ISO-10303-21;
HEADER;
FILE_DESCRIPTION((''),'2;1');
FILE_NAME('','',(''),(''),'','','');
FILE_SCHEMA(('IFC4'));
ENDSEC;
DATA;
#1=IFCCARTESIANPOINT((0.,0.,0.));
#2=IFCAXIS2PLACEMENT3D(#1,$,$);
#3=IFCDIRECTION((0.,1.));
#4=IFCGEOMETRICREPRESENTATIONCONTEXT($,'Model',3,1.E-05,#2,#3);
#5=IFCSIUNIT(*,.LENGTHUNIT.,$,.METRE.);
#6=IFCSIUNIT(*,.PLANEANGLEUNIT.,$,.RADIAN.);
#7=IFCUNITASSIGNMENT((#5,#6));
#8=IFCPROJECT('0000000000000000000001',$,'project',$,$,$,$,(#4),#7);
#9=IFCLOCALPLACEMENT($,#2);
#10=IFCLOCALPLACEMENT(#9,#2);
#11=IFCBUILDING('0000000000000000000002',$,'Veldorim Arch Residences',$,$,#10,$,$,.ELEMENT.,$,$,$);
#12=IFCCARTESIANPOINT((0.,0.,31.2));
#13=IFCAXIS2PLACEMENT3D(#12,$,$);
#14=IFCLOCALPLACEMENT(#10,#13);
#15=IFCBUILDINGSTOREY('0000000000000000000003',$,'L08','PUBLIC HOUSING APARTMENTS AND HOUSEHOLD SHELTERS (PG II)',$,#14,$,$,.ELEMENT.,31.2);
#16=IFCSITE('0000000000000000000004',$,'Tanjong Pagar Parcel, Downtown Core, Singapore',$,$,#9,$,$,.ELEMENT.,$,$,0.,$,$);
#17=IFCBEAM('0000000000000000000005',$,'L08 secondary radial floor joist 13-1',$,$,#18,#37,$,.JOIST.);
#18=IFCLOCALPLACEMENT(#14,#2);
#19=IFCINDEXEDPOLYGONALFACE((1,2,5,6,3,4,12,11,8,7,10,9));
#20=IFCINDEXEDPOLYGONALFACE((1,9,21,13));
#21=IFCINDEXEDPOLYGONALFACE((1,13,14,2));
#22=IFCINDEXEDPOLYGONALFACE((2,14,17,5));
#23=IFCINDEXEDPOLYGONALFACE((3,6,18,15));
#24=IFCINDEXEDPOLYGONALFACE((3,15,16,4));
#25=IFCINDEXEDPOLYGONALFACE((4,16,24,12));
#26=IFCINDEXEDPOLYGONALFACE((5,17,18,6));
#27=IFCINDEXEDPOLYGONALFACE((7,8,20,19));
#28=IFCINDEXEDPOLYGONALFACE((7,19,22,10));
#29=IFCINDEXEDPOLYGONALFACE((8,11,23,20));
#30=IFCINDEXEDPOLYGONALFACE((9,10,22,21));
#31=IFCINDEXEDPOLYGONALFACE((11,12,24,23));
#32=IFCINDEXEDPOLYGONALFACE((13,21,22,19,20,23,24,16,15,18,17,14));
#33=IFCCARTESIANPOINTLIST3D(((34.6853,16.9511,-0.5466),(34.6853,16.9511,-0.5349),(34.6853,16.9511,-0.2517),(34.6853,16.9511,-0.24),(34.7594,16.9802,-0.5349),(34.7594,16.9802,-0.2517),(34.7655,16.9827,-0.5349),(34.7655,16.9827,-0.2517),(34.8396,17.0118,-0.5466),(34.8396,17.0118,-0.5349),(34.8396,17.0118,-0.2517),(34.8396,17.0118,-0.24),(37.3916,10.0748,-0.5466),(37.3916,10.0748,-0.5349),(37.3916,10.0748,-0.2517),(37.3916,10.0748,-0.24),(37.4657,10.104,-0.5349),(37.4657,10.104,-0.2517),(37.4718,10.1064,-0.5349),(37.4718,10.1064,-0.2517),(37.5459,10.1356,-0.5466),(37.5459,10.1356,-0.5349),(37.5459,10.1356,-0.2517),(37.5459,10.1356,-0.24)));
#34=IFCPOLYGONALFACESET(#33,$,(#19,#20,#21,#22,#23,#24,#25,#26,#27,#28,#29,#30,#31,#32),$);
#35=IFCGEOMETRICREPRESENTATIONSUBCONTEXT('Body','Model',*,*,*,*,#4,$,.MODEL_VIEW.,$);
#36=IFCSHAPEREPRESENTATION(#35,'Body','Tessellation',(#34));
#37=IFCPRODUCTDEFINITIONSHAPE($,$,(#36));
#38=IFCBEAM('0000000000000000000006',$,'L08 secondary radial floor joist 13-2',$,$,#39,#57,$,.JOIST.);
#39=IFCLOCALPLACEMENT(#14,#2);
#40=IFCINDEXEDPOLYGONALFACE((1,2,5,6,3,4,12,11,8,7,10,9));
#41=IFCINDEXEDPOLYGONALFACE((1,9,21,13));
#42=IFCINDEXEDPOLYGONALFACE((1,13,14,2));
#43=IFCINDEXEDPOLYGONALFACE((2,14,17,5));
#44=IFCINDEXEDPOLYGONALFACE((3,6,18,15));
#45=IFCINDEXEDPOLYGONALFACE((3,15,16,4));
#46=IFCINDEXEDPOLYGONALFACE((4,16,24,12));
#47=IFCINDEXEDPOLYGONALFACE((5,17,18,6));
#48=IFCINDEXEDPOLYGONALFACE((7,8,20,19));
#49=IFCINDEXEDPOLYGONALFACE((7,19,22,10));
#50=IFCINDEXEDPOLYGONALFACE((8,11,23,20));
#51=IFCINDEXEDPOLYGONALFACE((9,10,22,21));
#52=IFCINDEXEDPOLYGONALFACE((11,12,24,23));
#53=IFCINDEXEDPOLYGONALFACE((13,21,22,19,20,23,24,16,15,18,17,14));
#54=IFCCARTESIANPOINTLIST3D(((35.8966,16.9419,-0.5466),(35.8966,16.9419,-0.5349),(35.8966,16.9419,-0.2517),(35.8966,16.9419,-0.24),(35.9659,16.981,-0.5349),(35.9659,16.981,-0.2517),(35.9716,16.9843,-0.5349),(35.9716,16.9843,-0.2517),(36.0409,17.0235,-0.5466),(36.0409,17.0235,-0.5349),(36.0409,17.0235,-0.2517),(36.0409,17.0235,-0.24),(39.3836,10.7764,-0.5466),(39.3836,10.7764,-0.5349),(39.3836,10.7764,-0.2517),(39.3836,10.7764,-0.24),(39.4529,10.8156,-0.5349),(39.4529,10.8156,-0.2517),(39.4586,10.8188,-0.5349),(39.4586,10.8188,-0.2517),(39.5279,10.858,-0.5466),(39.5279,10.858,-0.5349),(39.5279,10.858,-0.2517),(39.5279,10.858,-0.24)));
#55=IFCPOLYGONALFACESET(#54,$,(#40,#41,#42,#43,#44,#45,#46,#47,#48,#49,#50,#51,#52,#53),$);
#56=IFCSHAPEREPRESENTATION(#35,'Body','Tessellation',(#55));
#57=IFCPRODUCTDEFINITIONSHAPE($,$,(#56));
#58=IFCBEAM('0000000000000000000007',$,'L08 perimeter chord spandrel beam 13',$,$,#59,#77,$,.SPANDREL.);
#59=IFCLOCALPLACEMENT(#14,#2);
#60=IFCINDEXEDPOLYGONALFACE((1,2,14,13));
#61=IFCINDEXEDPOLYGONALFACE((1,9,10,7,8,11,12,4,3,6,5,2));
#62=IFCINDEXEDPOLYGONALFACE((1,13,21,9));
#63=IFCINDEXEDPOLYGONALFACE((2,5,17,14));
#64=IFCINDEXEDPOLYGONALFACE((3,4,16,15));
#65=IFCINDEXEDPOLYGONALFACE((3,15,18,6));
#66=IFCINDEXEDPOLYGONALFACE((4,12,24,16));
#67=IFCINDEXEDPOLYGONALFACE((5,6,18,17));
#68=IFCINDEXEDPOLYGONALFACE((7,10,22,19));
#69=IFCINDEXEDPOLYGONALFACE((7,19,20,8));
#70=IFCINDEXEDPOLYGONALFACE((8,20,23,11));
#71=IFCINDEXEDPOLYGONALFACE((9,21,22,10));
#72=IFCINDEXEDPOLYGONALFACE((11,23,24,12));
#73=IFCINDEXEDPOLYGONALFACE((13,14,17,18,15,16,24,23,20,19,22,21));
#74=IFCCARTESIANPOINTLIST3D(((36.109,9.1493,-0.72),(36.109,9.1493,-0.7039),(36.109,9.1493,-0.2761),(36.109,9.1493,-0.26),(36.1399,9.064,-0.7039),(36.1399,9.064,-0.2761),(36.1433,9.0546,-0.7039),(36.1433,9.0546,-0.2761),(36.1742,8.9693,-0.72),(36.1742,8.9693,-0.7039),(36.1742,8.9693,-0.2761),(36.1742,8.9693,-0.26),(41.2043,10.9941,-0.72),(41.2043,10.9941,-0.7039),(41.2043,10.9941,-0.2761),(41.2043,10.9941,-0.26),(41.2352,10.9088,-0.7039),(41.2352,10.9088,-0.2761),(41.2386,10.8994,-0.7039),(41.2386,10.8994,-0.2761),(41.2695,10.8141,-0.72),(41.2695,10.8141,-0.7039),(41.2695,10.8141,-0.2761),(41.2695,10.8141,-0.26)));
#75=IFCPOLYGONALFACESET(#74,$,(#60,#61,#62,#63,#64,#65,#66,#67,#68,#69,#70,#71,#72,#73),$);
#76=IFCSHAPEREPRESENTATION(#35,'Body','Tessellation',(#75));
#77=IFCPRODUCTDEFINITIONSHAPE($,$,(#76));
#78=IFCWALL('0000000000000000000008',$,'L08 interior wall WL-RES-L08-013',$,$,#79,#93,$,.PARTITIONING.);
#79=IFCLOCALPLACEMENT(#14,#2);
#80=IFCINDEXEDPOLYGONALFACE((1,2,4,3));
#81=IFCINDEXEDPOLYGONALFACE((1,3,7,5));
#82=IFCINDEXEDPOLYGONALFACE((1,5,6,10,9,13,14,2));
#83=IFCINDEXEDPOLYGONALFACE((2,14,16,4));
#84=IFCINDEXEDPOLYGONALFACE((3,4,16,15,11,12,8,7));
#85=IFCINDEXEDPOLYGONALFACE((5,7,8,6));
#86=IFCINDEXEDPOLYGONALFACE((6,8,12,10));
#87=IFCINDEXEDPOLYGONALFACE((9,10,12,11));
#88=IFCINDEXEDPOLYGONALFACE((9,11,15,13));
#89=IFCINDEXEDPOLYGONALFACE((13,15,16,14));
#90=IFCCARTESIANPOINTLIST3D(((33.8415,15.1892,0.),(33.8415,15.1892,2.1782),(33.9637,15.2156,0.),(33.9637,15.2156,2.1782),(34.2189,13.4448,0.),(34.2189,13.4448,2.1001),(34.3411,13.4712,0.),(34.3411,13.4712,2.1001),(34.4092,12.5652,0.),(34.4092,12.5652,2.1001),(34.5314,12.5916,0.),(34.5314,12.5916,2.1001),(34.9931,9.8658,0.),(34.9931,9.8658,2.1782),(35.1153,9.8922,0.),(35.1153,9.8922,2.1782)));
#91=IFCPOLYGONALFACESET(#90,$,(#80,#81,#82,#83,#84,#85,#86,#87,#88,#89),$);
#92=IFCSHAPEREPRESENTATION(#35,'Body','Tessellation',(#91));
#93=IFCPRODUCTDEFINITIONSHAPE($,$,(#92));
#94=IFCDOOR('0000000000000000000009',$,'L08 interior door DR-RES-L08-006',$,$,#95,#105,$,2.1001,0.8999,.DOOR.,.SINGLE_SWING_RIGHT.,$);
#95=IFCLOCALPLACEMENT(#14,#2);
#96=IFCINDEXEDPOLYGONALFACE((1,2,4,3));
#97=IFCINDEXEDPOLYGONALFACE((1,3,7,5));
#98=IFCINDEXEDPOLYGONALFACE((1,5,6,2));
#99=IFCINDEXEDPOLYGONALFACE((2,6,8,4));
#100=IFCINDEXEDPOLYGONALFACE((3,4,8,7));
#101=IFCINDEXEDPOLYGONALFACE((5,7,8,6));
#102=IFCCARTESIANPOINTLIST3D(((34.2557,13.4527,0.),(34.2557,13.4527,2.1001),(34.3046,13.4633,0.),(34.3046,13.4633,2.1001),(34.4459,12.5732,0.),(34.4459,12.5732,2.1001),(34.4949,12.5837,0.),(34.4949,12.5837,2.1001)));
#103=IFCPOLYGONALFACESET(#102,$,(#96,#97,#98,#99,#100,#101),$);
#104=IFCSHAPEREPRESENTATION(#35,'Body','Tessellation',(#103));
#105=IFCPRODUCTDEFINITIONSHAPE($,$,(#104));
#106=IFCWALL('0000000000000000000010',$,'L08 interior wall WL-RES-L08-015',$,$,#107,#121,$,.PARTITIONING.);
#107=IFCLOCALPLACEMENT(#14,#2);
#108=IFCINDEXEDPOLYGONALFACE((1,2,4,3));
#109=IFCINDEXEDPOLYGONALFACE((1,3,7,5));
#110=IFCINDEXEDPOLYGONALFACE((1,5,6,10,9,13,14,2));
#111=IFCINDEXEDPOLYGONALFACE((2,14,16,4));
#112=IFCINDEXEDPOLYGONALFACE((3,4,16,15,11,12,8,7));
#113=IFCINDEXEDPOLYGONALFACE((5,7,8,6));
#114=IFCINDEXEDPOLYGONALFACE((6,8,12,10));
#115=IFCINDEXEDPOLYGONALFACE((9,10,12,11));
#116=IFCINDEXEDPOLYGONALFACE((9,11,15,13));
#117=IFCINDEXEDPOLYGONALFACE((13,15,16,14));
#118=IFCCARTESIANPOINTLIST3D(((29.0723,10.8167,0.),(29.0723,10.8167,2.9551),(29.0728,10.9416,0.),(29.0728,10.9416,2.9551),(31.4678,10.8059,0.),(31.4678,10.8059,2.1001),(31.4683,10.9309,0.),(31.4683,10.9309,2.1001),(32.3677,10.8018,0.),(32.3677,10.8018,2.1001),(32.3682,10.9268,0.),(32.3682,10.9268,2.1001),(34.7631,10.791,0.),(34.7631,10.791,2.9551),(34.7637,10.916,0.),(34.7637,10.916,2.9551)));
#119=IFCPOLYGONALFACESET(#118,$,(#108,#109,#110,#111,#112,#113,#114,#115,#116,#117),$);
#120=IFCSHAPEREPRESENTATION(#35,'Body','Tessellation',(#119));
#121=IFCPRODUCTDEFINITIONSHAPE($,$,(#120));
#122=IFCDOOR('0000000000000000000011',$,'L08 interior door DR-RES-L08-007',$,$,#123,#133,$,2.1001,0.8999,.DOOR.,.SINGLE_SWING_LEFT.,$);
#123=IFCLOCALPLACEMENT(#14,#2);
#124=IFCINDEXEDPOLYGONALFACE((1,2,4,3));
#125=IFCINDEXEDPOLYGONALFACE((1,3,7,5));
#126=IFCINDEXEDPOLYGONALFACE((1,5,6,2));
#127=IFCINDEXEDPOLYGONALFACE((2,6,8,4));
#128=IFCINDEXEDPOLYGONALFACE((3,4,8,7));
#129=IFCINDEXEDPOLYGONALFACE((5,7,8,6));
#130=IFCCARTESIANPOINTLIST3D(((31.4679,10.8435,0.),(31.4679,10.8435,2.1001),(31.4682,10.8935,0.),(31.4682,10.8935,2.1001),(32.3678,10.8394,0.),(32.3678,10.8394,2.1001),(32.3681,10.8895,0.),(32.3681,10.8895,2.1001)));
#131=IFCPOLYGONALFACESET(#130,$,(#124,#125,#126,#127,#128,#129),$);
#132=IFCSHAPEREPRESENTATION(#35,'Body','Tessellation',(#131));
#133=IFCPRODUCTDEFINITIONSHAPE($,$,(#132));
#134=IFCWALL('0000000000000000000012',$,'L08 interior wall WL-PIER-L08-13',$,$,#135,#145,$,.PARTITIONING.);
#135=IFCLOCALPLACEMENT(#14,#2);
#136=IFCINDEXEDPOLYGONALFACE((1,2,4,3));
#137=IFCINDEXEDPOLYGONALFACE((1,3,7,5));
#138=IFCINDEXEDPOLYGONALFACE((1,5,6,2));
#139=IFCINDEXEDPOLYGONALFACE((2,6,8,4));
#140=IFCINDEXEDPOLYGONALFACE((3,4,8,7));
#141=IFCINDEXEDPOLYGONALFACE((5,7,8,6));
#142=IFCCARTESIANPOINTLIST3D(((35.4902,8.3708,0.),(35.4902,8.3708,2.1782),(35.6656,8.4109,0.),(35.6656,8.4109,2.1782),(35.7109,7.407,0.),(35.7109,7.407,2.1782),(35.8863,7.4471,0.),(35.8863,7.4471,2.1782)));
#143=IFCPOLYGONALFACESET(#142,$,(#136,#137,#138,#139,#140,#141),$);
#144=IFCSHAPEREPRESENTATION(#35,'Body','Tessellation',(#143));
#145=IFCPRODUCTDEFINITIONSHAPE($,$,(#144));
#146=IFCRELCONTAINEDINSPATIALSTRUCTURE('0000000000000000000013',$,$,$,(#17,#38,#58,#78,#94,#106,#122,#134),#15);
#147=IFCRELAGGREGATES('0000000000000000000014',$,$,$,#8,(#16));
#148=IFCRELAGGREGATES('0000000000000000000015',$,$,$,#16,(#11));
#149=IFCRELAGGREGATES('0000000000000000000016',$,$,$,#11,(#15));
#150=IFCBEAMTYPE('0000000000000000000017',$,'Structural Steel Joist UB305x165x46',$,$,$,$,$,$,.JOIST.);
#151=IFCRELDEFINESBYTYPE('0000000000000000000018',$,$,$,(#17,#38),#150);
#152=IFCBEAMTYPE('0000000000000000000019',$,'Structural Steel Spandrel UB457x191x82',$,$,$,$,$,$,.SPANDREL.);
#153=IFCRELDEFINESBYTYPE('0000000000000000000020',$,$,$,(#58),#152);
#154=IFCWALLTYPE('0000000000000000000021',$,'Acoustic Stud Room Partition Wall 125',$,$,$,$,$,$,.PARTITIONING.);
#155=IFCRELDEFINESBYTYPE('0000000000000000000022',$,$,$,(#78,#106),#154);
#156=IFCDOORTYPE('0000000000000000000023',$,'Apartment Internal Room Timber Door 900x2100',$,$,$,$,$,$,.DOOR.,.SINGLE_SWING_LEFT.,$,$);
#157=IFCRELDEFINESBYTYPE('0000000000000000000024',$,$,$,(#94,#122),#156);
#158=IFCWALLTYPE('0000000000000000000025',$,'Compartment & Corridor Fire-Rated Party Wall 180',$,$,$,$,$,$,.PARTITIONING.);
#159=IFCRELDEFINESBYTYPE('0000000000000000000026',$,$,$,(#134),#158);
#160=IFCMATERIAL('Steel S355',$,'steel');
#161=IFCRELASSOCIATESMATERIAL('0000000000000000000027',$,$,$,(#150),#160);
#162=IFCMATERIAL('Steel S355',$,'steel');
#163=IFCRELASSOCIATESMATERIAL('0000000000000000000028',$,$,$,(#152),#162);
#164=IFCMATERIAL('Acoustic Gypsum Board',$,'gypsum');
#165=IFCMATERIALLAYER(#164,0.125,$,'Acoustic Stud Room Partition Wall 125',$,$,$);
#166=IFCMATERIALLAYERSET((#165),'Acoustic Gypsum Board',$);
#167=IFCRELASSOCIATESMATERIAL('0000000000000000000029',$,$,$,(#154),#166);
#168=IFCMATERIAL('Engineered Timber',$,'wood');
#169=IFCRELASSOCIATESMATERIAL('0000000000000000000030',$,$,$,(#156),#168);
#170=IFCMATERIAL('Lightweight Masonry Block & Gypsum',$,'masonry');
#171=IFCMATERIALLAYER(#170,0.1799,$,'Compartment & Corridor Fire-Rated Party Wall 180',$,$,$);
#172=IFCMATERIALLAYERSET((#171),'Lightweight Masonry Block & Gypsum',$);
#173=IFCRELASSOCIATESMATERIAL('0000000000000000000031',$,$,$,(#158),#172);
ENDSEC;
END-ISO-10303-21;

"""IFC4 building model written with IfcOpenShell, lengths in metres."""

from ifc_helpers import new_model, si_unit, direction, frame, frame_2d, origin, origin_2d, place, context, subcontext, project, spatial, rectangle, i_section, extrude, material, layer, layer_set, material_profile, profile_set, type_object, element, fill, save


model = new_model("IFC4")

# Units and contexts
model_context = context("Model", 3, precision=1e-05, world=origin(), true_north=direction((0.0, 1.0)))
body_context = subcontext(model_context, "Body", "Model", "MODEL_VIEW")
ifc_project = project(units=[si_unit("LENGTHUNIT", "METRE"), si_unit("PLANEANGLEUNIT", "RADIAN")], contexts=[model_context])

# Site, building, storey
site_placement = place(None, origin())
site = spatial("IfcSite", under=ifc_project, at=site_placement, Name="Tanjong Pagar Parcel, Downtown Core, Singapore", CompositionType="ELEMENT", RefElevation=0.0)
building_placement = place(site_placement, origin())
building = spatial("IfcBuilding", under=site, at=building_placement, Name="Veldorim Arch Residences", CompositionType="ELEMENT")
storey_placement = place(building_placement, frame((0.0, 0.0, 31.2)))
storey = spatial("IfcBuildingStorey", under=building, at=storey_placement, Name="L08", Description="PUBLIC HOUSING APARTMENTS AND HOUSEHOLD SHELTERS (PG II)", CompositionType="ELEMENT", Elevation=31.2)

# Beams
ifc_material_1 = material(Name="Steel S355", Category="steel")
ifc_material_profile_1 = material_profile(ifc_material_1, i_section(OverallWidth=0.1658, OverallDepth=0.3066, WebThickness=0.0066, FlangeThickness=0.0117, at=origin_2d()), Name="UB305x165x46")
ifc_profile_set_1 = profile_set([ifc_material_profile_1], Name="Steel S355")
beam_type_1 = type_object("IfcBeamType", Name="Structural Steel Joist UB305x165x46", PredefinedType="JOIST", material=ifc_profile_set_1)
beam_1_placement = place(storey_placement, frame((34.7625, 16.9814, -0.3933), z_axis=(0.36623, -0.930524, 0.0), x_axis=(0.930524, 0.36623, 0.0)))
element("IfcBeam", 1, at=beam_1_placement, inside=storey, type_object=beam_type_1, Name="L08 secondary radial floor joist 13-1", PredefinedType="JOIST", context=body_context, shape_type="SweptSolid", body=[
    extrude(i_section(OverallWidth=0.1658, OverallDepth=0.3066, WebThickness=0.0066, FlangeThickness=0.0117, at=origin_2d()), origin(), (0.0, 0.0, 1.0), 7.3896),
])
beam_2_placement = place(storey_placement, frame((35.9688, 16.9827, -0.3933), z_axis=(0.492292, -0.87043, 0.0), x_axis=(0.87043, 0.492292, 0.0)))
element("IfcBeam", 2, at=beam_2_placement, inside=storey, type_object=beam_type_1, Name="L08 secondary radial floor joist 13-2", PredefinedType="JOIST", context=body_context, shape_type="SweptSolid", body=[
    extrude(i_section(OverallWidth=0.1658, OverallDepth=0.3066, WebThickness=0.0066, FlangeThickness=0.0117, at=origin_2d()), origin(), (0.0, 0.0, 1.0), 7.0833),
])
ifc_material_2 = material(Name="Steel S355", Category="steel")
ifc_material_profile_2 = material_profile(ifc_material_2, i_section(OverallWidth=0.1914, OverallDepth=0.46, WebThickness=0.01, FlangeThickness=0.0161, at=origin_2d()), Name="UB457x191x82")
ifc_profile_set_2 = profile_set([ifc_material_profile_2], Name="Steel S355")
beam_type_2 = type_object("IfcBeamType", Name="Structural Steel Spandrel UB457x191x82", PredefinedType="SPANDREL", material=ifc_profile_set_2)
beam_3_placement = place(storey_placement, frame((36.1416, 9.0593, -0.49), z_axis=(0.940271, 0.340426, 0.0), x_axis=(-0.340426, 0.940271, 0.0)))
element("IfcBeam", 3, at=beam_3_placement, inside=storey, type_object=beam_type_2, Name="L08 perimeter chord spandrel beam 13", PredefinedType="SPANDREL", context=body_context, shape_type="SweptSolid", body=[
    extrude(i_section(OverallWidth=0.1914, OverallDepth=0.46, WebThickness=0.01, FlangeThickness=0.0161, at=origin_2d()), origin(), (0.0, 0.0, 1.0), 5.4189),
])

# Walls, openings, doors
ifc_material_3 = material(Name="Acoustic Gypsum Board", Category="gypsum")
ifc_layer_1 = layer(ifc_material_3, 0.125, Name="Acoustic Stud Room Partition Wall 125")
ifc_layer_set_1 = layer_set([ifc_layer_1], Name="Acoustic Gypsum Board")
wall_type_1 = type_object("IfcWallType", Name="Acoustic Stud Room Partition Wall 125", PredefinedType="PARTITIONING", material=ifc_layer_set_1)
wall_1_placement = place(storey_placement, frame((35.0542, 9.8792, 0.0), z_axis=(0.0, 0.0, 1.0), x_axis=(-0.211436, 0.977392, 0.0)))
wall_1 = element("IfcWall", 4, at=wall_1_placement, inside=storey, type_object=wall_type_1, Name="L08 interior wall WL-RES-L08-013", PredefinedType="PARTITIONING", context=body_context, shape_type="SweptSolid", body=[
    extrude(rectangle(XDim=5.4465, YDim=0.125, at=frame_2d((2.7231, 0.0))), origin(), (0.0, 0.0, 1.0), 2.1782),
])
opening_1_placement = place(wall_1_placement, frame((2.7617, 0.0, 0.0)))
opening_1 = element("IfcOpeningElement", 5, at=opening_1_placement, cuts=wall_1, PredefinedType="OPENING", context=body_context, shape_type="SweptSolid", body=[
    extrude(rectangle(XDim=0.8999, YDim=2.1001, at=frame_2d((0.45, 1.05))), frame((0.0, 0.0725, 0.0), z_axis=(0.0, -1.0, 0.0), x_axis=(1.0, 0.0, 0.0)), (0.0, 0.0, 1.0), 0.145),
])
ifc_material_4 = material(Name="Engineered Timber", Category="wood")
door_type_1 = type_object("IfcDoorType", Name="Apartment Internal Room Timber Door 900x2100", OperationType="SINGLE_SWING_LEFT", PredefinedType="DOOR", material=ifc_material_4)
door_1_placement = place(opening_1_placement, origin())
door_1 = element("IfcDoor", 6, at=door_1_placement, inside=storey, type_object=door_type_1, Name="L08 interior door DR-RES-L08-006", OperationType="SINGLE_SWING_RIGHT", OverallHeight=2.1001, OverallWidth=0.8999, PredefinedType="DOOR", context=body_context, shape_type="SweptSolid", body=[
    extrude(rectangle(XDim=0.8999, YDim=2.1001, at=frame_2d((0.45, 1.05))), frame((0.0, 0.0249, 0.0), z_axis=(0.0, -1.0, 0.0), x_axis=(1.0, 0.0, 0.0)), (0.0, 0.0, 1.0), 0.05),
])
fill(opening_1, door_1)
wall_2_placement = place(storey_placement, frame((34.7634, 10.8535, 0.0), z_axis=(0.0, 0.0, 1.0), x_axis=(-0.99999, 0.004504, 0.0)))
wall_2 = element("IfcWall", 7, at=wall_2_placement, inside=storey, type_object=wall_type_1, Name="L08 interior wall WL-RES-L08-015", PredefinedType="PARTITIONING", context=body_context, shape_type="SweptSolid", body=[
    extrude(rectangle(XDim=5.6909, YDim=0.125, at=frame_2d((2.8455, 0.0))), origin(), (0.0, 0.0, 1.0), 2.9551),
])
opening_2_placement = place(wall_2_placement, frame((2.3955, 0.0, 0.0)))
opening_2 = element("IfcOpeningElement", 8, at=opening_2_placement, cuts=wall_2, PredefinedType="OPENING", context=body_context, shape_type="SweptSolid", body=[
    extrude(rectangle(XDim=0.8999, YDim=2.1001, at=frame_2d((0.45, 1.05))), frame((0.0, 0.0725, 0.0), z_axis=(0.0, -1.0, 0.0), x_axis=(1.0, 0.0, 0.0)), (0.0, 0.0, 1.0), 0.145),
])
door_2_placement = place(opening_2_placement, origin())
door_2 = element("IfcDoor", 9, at=door_2_placement, inside=storey, type_object=door_type_1, Name="L08 interior door DR-RES-L08-007", OperationType="SINGLE_SWING_LEFT", OverallHeight=2.1001, OverallWidth=0.8999, PredefinedType="DOOR", context=body_context, shape_type="SweptSolid", body=[
    extrude(rectangle(XDim=0.8999, YDim=2.1001, at=frame_2d((0.45, 1.05))), frame((0.0, 0.0249, 0.0), z_axis=(0.0, -1.0, 0.0), x_axis=(1.0, 0.0, 0.0)), (0.0, 0.0, 1.0), 0.05),
])
fill(opening_2, door_2)

# Wall
ifc_material_5 = material(Name="Lightweight Masonry Block & Gypsum", Category="masonry")
ifc_layer_2 = layer(ifc_material_5, 0.1799, Name="Compartment & Corridor Fire-Rated Party Wall 180")
ifc_layer_set_2 = layer_set([ifc_layer_2], Name="Lightweight Masonry Block & Gypsum")
wall_type_2 = type_object("IfcWallType", Name="Compartment & Corridor Fire-Rated Party Wall 180", PredefinedType="PARTITIONING", material=ifc_layer_set_2)
wall_3_placement = place(storey_placement, frame((35.5779, 8.3909, 0.0), z_axis=(0.0, 0.0, 1.0), x_axis=(0.2232, -0.974773, 0.0)))
element("IfcWall", 10, at=wall_3_placement, inside=storey, type_object=wall_type_2, Name="L08 interior wall WL-PIER-L08-13", PredefinedType="PARTITIONING", context=body_context, shape_type="SweptSolid", body=[
    extrude(rectangle(XDim=0.9888, YDim=0.1799, at=frame_2d((0.4944, 0.0))), origin(), (0.0, 0.0, 1.0), 2.1782),
])

save(model, "model.ifc")
